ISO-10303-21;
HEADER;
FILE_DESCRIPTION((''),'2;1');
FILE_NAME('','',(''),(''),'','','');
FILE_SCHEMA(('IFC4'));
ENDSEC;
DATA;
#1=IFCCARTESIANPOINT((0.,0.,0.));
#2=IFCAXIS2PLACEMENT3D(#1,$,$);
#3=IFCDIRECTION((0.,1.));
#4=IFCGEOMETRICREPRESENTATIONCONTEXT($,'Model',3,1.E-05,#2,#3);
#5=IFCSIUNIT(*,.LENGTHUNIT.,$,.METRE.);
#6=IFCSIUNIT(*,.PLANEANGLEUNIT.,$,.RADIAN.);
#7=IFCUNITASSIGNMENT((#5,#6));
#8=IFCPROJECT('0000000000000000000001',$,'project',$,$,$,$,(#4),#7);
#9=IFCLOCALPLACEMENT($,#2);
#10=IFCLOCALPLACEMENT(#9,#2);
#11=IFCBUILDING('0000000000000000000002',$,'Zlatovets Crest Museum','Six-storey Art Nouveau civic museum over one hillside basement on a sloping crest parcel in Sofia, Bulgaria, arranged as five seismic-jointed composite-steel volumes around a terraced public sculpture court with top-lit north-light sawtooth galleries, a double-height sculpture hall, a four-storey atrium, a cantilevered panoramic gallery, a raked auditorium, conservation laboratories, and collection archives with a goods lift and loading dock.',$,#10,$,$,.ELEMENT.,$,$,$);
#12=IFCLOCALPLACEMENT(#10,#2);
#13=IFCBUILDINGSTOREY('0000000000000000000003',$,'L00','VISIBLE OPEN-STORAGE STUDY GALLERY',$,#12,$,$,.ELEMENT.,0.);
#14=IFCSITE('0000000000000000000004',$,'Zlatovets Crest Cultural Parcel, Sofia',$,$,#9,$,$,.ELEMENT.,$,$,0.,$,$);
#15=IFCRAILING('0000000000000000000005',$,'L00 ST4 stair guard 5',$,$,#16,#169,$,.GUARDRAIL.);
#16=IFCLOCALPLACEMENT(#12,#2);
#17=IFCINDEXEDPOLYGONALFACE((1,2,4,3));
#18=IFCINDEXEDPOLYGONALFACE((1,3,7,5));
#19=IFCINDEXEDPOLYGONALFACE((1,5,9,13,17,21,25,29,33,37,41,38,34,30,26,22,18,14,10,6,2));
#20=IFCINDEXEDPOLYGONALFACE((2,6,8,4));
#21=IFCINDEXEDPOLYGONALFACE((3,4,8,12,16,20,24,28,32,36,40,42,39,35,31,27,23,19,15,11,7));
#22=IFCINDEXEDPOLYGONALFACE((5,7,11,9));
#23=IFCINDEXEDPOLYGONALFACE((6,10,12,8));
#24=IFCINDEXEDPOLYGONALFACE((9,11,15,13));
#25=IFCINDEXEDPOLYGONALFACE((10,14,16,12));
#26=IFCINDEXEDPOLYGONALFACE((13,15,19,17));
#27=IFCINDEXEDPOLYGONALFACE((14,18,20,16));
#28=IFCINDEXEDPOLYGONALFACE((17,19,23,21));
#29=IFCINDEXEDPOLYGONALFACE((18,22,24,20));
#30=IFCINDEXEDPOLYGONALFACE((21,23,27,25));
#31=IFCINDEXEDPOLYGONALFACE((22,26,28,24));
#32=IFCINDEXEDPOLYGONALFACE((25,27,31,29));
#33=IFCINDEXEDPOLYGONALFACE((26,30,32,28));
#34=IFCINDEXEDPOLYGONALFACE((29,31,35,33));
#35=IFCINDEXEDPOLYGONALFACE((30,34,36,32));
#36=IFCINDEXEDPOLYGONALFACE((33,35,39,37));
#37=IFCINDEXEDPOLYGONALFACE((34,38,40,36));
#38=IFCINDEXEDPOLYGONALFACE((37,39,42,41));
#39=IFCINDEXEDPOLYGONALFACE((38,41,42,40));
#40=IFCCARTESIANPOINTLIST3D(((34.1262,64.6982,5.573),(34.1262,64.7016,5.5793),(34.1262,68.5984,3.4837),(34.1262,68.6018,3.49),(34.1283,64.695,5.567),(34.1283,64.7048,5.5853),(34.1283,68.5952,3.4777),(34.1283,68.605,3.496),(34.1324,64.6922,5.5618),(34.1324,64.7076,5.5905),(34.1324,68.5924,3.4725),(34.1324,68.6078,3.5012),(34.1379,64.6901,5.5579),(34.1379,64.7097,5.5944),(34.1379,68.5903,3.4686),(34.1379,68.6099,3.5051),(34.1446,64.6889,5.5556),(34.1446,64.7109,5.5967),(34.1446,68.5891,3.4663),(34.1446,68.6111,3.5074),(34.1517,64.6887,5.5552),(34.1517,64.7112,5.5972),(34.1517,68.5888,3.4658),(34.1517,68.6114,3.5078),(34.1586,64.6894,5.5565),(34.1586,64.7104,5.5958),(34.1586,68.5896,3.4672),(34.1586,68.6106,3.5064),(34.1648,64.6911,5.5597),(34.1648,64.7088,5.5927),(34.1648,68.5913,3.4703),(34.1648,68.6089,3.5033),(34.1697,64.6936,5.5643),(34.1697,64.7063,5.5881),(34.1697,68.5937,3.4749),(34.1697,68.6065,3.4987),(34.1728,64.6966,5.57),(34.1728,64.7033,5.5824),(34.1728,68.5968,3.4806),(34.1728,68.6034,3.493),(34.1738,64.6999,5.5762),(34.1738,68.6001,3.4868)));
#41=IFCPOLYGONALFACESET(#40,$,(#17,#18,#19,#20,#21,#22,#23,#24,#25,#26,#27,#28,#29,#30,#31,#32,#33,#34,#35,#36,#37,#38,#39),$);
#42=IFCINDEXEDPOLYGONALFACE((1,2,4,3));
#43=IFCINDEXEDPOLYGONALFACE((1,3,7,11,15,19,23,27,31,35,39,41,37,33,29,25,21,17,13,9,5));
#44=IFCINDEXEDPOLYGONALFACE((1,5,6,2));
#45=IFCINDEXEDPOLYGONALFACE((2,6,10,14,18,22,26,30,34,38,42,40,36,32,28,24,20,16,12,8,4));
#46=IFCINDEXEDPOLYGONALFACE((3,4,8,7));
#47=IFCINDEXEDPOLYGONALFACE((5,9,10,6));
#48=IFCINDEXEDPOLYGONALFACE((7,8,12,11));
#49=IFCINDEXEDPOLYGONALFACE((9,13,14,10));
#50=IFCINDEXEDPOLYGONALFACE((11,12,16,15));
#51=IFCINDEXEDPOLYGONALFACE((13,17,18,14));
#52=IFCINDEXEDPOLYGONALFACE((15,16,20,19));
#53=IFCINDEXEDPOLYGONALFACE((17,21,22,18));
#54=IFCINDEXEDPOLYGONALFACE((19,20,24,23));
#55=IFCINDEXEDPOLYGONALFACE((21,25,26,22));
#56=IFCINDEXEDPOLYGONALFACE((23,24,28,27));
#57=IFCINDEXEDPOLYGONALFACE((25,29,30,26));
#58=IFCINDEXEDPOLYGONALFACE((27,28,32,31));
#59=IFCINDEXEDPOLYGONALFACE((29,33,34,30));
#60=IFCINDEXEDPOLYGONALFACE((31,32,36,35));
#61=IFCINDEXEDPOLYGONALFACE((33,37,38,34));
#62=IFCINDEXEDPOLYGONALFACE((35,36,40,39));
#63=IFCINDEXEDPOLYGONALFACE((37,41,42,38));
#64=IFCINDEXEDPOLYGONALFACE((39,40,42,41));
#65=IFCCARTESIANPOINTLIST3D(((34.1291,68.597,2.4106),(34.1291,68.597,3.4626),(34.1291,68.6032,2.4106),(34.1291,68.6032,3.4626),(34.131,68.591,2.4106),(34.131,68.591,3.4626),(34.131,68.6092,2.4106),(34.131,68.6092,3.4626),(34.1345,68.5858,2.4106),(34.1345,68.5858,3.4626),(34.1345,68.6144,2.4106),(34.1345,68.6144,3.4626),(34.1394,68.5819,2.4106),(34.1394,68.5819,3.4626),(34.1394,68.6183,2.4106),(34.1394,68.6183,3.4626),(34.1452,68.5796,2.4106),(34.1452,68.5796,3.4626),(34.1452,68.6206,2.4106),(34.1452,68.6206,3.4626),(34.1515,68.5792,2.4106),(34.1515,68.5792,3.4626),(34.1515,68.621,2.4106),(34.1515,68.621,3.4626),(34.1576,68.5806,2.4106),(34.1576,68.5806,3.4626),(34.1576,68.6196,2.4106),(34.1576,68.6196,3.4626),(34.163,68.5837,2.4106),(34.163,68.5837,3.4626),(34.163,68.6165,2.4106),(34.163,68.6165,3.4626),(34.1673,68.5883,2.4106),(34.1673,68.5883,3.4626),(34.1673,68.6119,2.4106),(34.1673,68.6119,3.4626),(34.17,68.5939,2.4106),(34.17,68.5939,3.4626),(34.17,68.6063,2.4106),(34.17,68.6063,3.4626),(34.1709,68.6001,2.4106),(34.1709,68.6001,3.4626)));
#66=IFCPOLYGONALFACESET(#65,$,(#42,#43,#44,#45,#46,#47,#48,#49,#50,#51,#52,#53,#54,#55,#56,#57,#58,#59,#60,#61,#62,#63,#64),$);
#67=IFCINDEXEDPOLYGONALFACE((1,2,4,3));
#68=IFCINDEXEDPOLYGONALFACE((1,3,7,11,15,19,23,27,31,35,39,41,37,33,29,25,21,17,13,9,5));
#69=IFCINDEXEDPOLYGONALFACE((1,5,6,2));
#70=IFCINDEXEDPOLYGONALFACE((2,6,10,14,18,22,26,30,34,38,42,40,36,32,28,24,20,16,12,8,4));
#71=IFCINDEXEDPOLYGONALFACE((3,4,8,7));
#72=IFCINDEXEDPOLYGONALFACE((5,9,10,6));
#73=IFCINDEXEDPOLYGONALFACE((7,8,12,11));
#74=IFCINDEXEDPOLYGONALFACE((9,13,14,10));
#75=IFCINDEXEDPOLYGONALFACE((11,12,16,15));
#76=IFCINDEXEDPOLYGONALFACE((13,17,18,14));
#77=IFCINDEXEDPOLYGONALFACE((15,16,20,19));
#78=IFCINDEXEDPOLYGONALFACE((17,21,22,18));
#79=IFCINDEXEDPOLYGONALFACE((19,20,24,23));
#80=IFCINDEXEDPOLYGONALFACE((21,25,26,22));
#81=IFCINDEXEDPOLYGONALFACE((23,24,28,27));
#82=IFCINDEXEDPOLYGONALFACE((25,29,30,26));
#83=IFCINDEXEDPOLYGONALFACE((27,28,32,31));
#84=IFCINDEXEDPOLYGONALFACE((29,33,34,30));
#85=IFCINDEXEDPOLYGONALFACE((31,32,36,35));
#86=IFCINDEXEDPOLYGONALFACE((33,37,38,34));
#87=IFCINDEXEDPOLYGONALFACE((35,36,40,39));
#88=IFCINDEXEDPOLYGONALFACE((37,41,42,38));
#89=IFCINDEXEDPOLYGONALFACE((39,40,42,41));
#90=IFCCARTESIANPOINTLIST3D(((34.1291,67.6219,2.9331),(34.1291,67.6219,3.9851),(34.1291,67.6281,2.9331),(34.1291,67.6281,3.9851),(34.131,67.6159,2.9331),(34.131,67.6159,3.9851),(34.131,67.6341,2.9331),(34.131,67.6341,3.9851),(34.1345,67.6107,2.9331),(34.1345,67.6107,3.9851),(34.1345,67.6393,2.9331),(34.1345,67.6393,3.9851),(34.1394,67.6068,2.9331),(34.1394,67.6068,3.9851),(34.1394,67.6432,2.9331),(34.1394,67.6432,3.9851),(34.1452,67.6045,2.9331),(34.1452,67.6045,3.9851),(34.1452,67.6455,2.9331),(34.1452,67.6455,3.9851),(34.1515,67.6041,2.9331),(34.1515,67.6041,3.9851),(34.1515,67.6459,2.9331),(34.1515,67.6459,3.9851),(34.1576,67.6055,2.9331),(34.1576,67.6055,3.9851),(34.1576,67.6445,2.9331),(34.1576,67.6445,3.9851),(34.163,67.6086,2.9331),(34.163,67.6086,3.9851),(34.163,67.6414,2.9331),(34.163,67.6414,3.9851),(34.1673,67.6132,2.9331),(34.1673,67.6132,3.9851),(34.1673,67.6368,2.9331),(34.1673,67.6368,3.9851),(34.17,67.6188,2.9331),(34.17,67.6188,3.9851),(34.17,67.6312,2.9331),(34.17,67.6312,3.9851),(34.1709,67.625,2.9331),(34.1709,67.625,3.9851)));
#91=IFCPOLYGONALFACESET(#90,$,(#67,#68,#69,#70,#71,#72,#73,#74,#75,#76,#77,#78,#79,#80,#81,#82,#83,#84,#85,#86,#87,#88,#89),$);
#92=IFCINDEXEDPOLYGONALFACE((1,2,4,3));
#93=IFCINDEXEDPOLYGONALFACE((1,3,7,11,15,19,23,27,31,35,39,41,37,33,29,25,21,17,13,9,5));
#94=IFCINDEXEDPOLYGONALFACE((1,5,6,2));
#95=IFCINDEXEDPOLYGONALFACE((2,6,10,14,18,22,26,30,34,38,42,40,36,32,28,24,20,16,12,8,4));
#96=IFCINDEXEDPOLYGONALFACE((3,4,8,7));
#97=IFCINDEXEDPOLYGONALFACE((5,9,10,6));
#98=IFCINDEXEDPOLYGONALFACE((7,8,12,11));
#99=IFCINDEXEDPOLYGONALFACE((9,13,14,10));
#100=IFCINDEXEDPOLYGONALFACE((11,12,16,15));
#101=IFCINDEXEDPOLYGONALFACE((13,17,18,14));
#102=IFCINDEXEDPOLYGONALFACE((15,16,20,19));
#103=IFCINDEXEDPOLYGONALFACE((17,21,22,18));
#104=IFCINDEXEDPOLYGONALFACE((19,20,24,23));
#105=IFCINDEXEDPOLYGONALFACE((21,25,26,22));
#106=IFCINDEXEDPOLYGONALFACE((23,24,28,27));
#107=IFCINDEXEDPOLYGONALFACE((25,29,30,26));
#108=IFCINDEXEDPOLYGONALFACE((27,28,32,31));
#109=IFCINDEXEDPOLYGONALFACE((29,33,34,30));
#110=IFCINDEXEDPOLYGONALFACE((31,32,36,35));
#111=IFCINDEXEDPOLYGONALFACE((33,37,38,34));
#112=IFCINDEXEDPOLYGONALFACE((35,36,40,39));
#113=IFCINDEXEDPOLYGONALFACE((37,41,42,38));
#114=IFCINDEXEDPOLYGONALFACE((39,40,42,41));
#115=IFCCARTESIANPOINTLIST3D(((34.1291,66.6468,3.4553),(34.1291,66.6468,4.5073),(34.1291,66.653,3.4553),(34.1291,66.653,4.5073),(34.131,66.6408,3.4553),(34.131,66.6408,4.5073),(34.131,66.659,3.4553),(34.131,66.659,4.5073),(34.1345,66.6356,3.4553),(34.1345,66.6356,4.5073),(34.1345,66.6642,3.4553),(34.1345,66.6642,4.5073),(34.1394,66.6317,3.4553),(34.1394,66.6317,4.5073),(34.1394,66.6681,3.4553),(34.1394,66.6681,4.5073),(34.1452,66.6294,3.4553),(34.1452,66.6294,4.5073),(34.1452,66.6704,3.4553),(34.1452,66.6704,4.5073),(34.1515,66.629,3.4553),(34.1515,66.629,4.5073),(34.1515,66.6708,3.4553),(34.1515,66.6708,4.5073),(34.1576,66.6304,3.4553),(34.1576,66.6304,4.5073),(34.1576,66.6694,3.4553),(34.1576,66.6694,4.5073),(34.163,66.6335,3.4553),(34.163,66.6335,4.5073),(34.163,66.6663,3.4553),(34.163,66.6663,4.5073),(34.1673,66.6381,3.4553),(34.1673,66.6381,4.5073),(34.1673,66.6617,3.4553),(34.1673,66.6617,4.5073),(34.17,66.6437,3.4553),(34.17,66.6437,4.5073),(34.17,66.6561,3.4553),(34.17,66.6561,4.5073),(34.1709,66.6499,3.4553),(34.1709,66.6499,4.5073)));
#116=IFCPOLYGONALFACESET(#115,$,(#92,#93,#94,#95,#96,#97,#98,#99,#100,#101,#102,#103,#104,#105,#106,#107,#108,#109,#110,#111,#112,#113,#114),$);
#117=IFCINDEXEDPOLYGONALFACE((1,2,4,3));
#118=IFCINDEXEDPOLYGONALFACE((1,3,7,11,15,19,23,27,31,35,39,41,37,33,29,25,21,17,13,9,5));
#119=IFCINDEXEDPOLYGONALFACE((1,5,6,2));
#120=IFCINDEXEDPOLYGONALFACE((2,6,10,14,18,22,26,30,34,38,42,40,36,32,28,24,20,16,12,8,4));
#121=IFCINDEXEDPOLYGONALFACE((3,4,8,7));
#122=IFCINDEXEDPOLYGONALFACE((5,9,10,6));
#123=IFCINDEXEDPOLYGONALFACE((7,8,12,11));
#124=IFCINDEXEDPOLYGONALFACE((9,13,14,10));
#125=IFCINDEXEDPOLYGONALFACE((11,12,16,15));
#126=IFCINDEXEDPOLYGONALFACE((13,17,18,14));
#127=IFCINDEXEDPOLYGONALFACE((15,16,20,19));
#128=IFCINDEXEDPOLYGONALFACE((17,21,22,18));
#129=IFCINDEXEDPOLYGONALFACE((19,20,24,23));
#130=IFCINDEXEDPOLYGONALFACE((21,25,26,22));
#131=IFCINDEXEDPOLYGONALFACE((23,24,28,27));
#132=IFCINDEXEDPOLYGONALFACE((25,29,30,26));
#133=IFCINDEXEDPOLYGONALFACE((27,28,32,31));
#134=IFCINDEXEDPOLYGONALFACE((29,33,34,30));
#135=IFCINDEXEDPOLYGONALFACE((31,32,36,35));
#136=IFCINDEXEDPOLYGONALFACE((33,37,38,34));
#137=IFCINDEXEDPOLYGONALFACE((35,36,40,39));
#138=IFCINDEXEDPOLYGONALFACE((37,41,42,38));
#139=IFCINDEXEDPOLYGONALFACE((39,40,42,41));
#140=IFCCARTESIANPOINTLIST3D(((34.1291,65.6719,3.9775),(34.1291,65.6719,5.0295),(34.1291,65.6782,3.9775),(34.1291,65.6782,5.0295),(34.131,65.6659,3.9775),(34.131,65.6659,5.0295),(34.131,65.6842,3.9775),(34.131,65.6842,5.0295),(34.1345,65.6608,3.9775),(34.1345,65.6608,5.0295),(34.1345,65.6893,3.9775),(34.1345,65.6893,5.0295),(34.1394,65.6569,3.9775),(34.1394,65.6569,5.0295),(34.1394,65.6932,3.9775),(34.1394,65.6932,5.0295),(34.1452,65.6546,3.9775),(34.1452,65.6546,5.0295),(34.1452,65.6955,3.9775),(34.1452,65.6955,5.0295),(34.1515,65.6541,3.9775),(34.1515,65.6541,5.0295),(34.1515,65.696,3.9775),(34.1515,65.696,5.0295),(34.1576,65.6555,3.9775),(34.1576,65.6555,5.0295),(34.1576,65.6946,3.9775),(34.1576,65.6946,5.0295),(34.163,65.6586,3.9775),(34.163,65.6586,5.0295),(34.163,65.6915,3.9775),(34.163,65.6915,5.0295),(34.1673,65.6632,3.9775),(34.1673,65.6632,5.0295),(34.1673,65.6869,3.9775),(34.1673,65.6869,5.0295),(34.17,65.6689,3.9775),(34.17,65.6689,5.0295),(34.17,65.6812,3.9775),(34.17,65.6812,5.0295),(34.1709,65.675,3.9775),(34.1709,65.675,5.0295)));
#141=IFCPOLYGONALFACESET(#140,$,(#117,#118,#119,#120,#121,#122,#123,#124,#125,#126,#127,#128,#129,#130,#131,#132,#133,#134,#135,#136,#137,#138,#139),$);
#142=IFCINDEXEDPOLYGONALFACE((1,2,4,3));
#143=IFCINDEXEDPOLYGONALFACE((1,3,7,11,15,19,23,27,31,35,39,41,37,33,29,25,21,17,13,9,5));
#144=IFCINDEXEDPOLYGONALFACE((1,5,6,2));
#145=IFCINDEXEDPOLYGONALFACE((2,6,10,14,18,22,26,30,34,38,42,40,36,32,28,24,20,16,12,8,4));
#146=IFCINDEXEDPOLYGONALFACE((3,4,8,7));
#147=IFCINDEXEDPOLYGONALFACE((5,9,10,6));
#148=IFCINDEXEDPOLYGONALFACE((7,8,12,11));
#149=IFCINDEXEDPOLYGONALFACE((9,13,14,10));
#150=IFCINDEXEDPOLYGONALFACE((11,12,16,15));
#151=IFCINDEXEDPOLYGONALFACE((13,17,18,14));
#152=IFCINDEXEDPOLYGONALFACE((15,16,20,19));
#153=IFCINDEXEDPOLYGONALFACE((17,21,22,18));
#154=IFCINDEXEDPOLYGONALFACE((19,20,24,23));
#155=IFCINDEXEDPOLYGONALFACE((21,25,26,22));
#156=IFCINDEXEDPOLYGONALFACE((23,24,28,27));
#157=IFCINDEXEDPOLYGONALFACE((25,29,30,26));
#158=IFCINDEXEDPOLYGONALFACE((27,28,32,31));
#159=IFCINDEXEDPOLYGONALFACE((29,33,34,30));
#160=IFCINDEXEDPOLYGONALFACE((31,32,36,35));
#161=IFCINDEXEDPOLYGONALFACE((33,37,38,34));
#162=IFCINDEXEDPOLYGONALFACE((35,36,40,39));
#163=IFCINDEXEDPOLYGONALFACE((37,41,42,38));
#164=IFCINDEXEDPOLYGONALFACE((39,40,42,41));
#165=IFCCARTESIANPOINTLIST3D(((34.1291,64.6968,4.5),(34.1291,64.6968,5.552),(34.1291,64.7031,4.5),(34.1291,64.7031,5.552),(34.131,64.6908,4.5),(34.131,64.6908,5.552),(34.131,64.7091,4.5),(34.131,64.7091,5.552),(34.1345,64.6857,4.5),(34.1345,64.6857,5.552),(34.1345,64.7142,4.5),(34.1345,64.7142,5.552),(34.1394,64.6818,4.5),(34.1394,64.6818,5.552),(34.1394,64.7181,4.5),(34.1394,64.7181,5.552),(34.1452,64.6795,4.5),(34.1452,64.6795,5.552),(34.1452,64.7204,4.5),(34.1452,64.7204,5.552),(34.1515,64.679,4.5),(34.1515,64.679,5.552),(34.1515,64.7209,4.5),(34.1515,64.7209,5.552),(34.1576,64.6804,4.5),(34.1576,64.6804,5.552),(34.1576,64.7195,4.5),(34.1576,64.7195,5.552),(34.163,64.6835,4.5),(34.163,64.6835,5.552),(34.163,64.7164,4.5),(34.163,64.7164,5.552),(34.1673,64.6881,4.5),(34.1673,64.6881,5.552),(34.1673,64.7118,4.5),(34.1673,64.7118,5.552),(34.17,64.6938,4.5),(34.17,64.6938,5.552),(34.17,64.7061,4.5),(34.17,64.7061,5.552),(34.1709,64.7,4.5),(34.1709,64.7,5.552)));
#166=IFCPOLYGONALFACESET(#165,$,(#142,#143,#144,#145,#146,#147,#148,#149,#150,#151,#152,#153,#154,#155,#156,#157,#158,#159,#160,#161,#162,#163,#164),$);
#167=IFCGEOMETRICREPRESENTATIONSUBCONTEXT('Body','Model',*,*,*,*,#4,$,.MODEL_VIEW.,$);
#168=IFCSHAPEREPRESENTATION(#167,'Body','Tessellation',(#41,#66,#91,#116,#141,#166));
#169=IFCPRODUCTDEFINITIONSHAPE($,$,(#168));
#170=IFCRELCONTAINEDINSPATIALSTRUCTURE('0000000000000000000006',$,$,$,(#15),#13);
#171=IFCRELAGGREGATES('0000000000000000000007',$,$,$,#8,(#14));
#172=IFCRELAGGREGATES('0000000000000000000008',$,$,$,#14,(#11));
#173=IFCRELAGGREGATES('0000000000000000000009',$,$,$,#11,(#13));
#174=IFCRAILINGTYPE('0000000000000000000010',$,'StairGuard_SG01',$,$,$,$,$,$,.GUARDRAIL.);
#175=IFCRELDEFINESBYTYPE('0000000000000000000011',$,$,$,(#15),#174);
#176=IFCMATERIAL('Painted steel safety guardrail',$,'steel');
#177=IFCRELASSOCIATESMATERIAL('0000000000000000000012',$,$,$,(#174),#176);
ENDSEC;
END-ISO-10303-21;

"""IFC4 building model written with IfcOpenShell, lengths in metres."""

from ifc_helpers import new_model, si_unit, direction, frame, origin, origin_2d, place, context, subcontext, project, spatial, circle, extrude, material, type_object, element, save


model = new_model("IFC4")

# Units and contexts
model_context = context("Model", 3, precision=1e-05, world=origin(), true_north=direction((0.0, 1.0)))
body_context = subcontext(model_context, "Body", "Model", "MODEL_VIEW")
ifc_project = project(units=[si_unit("LENGTHUNIT", "METRE"), si_unit("PLANEANGLEUNIT", "RADIAN")], contexts=[model_context])

# Site, building, storey
site_placement = place(None, origin())
site = spatial("IfcSite", under=ifc_project, at=site_placement, Name="Zlatovets Crest Cultural Parcel, Sofia", CompositionType="ELEMENT", RefElevation=0.0)
building_placement = place(site_placement, origin())
building = spatial("IfcBuilding", under=site, at=building_placement, Name="Zlatovets Crest Museum", Description="Six-storey Art Nouveau civic museum over one hillside basement on a sloping crest parcel in Sofia, Bulgaria, arranged as five seismic-jointed composite-steel volumes around a terraced public sculpture court with top-lit north-light sawtooth galleries, a double-height sculpture hall, a four-storey atrium, a cantilevered panoramic gallery, a raked auditorium, conservation laboratories, and collection archives with a goods lift and loading dock.", CompositionType="ELEMENT")
storey_placement = place(building_placement, origin())
storey = spatial("IfcBuildingStorey", under=building, at=storey_placement, Name="L00", Description="VISIBLE OPEN-STORAGE STUDY GALLERY", CompositionType="ELEMENT", Elevation=0.0)

# Railing
ifc_material_1 = material(Name="Painted steel safety guardrail", Category="steel")
railing_type_1 = type_object("IfcRailingType", Name="StairGuard_SG01", PredefinedType="GUARDRAIL", material=ifc_material_1)
railing_1_placement = place(storey_placement, frame((34.1499, 68.6001, 2.4106)))
element("IfcRailing", 1, at=railing_1_placement, inside=storey, type_object=railing_type_1, Name="L00 ST4 stair guard 5", PredefinedType="GUARDRAIL", context=body_context, shape_type="SweptSolid", body=[
    extrude(circle(Radius=0.0239, at=origin_2d()), frame((0.0, 0.0, 1.0762), z_axis=(0.0, -0.881481, 0.47222), x_axis=(1.0, 0.0, 0.0)), (0.0, 0.0, 1.0), 4.4246),
    extrude(circle(Radius=0.021, at=origin_2d()), origin(), (0.0, 0.0, 1.0), 1.052),
    extrude(circle(Radius=0.021, at=origin_2d()), frame((0.0, -0.9751, 0.5225)), (0.0, 0.0, 1.0), 1.052),
    extrude(circle(Radius=0.021, at=origin_2d()), frame((0.0, -1.9502, 1.0447)), (0.0, 0.0, 1.0), 1.052),
    extrude(circle(Radius=0.021, at=origin_2d()), frame((0.0, -2.925, 1.5669)), (0.0, 0.0, 1.0), 1.052),
    extrude(circle(Radius=0.021, at=origin_2d()), frame((0.0, -3.9001, 2.0894)), (0.0, 0.0, 1.0), 1.052),
])

save(model, "model.ifc")
